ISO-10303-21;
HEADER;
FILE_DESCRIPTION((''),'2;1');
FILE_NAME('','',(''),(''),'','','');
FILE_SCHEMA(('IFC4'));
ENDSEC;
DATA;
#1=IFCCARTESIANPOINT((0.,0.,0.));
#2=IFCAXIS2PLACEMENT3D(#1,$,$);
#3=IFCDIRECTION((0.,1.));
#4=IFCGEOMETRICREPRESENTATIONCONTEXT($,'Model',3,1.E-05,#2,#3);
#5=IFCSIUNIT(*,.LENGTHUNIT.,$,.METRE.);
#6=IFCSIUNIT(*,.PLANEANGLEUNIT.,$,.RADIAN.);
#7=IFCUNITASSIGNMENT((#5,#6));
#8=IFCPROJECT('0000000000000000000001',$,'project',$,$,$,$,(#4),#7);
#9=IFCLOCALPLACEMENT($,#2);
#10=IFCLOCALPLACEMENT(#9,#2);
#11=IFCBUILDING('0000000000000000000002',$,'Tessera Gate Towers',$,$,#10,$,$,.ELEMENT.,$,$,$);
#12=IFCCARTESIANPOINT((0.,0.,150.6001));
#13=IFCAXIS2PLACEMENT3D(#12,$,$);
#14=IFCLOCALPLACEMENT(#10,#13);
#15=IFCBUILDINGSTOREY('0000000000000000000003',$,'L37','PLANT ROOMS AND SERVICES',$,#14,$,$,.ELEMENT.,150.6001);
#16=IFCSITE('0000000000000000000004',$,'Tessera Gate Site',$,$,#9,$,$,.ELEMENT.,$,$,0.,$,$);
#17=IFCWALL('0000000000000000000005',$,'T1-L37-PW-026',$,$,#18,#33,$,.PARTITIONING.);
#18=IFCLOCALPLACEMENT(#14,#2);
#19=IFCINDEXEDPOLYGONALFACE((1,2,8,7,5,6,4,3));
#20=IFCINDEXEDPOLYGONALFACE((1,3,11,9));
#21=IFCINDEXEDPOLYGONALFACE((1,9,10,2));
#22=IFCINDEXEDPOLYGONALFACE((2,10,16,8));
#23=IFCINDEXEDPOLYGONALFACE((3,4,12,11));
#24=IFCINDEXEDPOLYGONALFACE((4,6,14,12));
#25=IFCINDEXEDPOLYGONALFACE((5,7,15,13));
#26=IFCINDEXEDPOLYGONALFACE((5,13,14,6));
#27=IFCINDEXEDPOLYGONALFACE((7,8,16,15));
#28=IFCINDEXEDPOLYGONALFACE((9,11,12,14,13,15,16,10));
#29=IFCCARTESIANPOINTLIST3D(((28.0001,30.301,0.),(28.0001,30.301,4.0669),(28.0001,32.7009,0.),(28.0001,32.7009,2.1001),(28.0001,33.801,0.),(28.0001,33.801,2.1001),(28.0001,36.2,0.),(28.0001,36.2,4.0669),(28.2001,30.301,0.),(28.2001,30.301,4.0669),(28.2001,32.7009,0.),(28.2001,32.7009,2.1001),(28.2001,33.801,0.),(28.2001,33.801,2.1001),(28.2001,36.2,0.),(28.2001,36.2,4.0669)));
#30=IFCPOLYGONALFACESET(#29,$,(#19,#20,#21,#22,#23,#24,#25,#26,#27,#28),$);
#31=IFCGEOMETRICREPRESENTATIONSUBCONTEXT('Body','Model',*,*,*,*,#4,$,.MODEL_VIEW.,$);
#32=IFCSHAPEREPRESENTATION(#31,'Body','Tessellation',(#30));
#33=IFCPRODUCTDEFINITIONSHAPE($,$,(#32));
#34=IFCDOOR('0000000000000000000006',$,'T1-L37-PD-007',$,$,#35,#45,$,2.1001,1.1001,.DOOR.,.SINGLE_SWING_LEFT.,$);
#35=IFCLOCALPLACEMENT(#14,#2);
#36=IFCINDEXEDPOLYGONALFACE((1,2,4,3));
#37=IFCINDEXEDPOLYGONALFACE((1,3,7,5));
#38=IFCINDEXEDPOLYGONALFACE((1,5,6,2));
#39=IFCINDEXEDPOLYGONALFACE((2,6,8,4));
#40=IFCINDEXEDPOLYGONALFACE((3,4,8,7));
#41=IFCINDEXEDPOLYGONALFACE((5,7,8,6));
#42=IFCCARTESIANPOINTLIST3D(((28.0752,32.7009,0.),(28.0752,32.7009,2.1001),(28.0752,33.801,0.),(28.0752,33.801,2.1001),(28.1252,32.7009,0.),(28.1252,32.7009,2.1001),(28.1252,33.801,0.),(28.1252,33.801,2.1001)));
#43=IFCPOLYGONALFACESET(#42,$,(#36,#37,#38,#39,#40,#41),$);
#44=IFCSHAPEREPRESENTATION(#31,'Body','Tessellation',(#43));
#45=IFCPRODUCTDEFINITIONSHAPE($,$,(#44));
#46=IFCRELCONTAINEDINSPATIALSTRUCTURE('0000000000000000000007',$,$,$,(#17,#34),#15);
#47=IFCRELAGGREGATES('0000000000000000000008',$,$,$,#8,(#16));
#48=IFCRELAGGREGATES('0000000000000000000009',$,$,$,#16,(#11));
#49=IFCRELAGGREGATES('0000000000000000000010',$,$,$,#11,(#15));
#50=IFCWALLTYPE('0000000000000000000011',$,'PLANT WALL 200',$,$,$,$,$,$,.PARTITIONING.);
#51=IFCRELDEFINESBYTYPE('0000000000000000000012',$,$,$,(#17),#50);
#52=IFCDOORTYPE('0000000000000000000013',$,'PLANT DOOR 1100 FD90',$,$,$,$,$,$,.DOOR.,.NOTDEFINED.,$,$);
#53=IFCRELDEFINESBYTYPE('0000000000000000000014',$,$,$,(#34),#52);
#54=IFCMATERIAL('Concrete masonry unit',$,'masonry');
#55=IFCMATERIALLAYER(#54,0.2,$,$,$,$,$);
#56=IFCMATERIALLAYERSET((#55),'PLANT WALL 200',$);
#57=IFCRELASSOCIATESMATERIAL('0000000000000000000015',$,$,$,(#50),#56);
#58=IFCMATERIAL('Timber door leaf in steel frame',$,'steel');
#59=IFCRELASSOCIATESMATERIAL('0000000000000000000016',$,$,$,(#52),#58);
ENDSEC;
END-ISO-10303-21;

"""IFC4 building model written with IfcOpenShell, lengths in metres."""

from ifc_helpers import new_model, si_unit, direction, frame, frame_2d, origin, place, context, subcontext, project, spatial, rectangle, extrude, source, transform, mapped, material, layer, layer_set, type_object, element, fill, save


model = new_model("IFC4")

# Units and contexts
model_context = context("Model", 3, precision=1e-05, world=origin(), true_north=direction((0.0, 1.0)))
body_context = subcontext(model_context, "Body", "Model", "MODEL_VIEW")
ifc_project = project(units=[si_unit("LENGTHUNIT", "METRE"), si_unit("PLANEANGLEUNIT", "RADIAN")], contexts=[model_context])

# Site, building, storey
site_placement = place(None, origin())
site = spatial("IfcSite", under=ifc_project, at=site_placement, Name="Tessera Gate Site", CompositionType="ELEMENT", RefElevation=0.0)
building_placement = place(site_placement, origin())
building = spatial("IfcBuilding", under=site, at=building_placement, Name="Tessera Gate Towers", CompositionType="ELEMENT")
storey_placement = place(building_placement, frame((0.0, 0.0, 150.6001)))
storey = spatial("IfcBuildingStorey", under=building, at=storey_placement, Name="L37", Description="PLANT ROOMS AND SERVICES", CompositionType="ELEMENT", Elevation=150.6001)

# Shared definitions
ifc_material_1 = material(Name="Concrete masonry unit", Category="masonry")
ifc_layer_1 = layer(ifc_material_1, 0.2)
ifc_layer_set_1 = layer_set([ifc_layer_1], Name="PLANT WALL 200")
wall_type_1 = type_object("IfcWallType", Name="PLANT WALL 200", PredefinedType="PARTITIONING", material=ifc_layer_set_1)

# Wall, opening, door
shared_shape_1 = source(origin(), body_context, "Body", "SweptSolid", [
    extrude(rectangle(XDim=1.1001, YDim=2.1001, at=frame_2d((0.55, 1.05))), frame((0.0, 0.1099, 0.0), z_axis=(0.0, -1.0, 0.0), x_axis=(1.0, 0.0, 0.0)), (0.0, 0.0, 1.0), 0.22),
])
ifc_material_2 = material(Name="Timber door leaf in steel frame", Category="steel")
door_type_1 = type_object("IfcDoorType", Name="PLANT DOOR 1100 FD90", OperationType="NOTDEFINED", PredefinedType="DOOR", material=ifc_material_2)
shared_shape_2 = source(origin(), body_context, "Body", "SweptSolid", [
    extrude(rectangle(XDim=1.1001, YDim=2.1001, at=frame_2d((0.55, 1.05))), frame((0.0, 0.0249, 0.0), z_axis=(0.0, -1.0, 0.0), x_axis=(1.0, 0.0, 0.0)), (0.0, 0.0, 1.0), 0.05),
])
wall_1_placement = place(storey_placement, frame((28.1001, 30.301, 0.0), z_axis=(0.0, 0.0, 1.0), x_axis=(0.0, 1.0, 0.0)))
wall_1 = element("IfcWall", 1, at=wall_1_placement, inside=storey, type_object=wall_type_1, Name="T1-L37-PW-026", PredefinedType="PARTITIONING", context=body_context, shape_type="SweptSolid", body=[
    extrude(rectangle(XDim=5.8989, YDim=0.2, at=frame_2d((2.9495, 0.0))), origin(), (0.0, 0.0, 1.0), 4.0669),
])
opening_1_placement = place(wall_1_placement, frame((2.3999, 0.0, 0.0)))
opening_1 = element("IfcOpeningElement", 2, at=opening_1_placement, cuts=wall_1, PredefinedType="OPENING", context=body_context, shape_type="MappedRepresentation", body=[
    mapped(shared_shape_1, transform((0.0, 0.0, 0.0), scale=1.0)),
])
door_1_placement = place(opening_1_placement, origin())
door_1 = element("IfcDoor", 3, at=door_1_placement, inside=storey, type_object=door_type_1, Name="T1-L37-PD-007", OperationType="SINGLE_SWING_LEFT", OverallHeight=2.1001, OverallWidth=1.1001, PredefinedType="DOOR", context=body_context, shape_type="MappedRepresentation", body=[
    mapped(shared_shape_2, transform((0.0, 0.0, 0.0), scale=1.0)),
])
fill(opening_1, door_1)

save(model, "model.ifc")
